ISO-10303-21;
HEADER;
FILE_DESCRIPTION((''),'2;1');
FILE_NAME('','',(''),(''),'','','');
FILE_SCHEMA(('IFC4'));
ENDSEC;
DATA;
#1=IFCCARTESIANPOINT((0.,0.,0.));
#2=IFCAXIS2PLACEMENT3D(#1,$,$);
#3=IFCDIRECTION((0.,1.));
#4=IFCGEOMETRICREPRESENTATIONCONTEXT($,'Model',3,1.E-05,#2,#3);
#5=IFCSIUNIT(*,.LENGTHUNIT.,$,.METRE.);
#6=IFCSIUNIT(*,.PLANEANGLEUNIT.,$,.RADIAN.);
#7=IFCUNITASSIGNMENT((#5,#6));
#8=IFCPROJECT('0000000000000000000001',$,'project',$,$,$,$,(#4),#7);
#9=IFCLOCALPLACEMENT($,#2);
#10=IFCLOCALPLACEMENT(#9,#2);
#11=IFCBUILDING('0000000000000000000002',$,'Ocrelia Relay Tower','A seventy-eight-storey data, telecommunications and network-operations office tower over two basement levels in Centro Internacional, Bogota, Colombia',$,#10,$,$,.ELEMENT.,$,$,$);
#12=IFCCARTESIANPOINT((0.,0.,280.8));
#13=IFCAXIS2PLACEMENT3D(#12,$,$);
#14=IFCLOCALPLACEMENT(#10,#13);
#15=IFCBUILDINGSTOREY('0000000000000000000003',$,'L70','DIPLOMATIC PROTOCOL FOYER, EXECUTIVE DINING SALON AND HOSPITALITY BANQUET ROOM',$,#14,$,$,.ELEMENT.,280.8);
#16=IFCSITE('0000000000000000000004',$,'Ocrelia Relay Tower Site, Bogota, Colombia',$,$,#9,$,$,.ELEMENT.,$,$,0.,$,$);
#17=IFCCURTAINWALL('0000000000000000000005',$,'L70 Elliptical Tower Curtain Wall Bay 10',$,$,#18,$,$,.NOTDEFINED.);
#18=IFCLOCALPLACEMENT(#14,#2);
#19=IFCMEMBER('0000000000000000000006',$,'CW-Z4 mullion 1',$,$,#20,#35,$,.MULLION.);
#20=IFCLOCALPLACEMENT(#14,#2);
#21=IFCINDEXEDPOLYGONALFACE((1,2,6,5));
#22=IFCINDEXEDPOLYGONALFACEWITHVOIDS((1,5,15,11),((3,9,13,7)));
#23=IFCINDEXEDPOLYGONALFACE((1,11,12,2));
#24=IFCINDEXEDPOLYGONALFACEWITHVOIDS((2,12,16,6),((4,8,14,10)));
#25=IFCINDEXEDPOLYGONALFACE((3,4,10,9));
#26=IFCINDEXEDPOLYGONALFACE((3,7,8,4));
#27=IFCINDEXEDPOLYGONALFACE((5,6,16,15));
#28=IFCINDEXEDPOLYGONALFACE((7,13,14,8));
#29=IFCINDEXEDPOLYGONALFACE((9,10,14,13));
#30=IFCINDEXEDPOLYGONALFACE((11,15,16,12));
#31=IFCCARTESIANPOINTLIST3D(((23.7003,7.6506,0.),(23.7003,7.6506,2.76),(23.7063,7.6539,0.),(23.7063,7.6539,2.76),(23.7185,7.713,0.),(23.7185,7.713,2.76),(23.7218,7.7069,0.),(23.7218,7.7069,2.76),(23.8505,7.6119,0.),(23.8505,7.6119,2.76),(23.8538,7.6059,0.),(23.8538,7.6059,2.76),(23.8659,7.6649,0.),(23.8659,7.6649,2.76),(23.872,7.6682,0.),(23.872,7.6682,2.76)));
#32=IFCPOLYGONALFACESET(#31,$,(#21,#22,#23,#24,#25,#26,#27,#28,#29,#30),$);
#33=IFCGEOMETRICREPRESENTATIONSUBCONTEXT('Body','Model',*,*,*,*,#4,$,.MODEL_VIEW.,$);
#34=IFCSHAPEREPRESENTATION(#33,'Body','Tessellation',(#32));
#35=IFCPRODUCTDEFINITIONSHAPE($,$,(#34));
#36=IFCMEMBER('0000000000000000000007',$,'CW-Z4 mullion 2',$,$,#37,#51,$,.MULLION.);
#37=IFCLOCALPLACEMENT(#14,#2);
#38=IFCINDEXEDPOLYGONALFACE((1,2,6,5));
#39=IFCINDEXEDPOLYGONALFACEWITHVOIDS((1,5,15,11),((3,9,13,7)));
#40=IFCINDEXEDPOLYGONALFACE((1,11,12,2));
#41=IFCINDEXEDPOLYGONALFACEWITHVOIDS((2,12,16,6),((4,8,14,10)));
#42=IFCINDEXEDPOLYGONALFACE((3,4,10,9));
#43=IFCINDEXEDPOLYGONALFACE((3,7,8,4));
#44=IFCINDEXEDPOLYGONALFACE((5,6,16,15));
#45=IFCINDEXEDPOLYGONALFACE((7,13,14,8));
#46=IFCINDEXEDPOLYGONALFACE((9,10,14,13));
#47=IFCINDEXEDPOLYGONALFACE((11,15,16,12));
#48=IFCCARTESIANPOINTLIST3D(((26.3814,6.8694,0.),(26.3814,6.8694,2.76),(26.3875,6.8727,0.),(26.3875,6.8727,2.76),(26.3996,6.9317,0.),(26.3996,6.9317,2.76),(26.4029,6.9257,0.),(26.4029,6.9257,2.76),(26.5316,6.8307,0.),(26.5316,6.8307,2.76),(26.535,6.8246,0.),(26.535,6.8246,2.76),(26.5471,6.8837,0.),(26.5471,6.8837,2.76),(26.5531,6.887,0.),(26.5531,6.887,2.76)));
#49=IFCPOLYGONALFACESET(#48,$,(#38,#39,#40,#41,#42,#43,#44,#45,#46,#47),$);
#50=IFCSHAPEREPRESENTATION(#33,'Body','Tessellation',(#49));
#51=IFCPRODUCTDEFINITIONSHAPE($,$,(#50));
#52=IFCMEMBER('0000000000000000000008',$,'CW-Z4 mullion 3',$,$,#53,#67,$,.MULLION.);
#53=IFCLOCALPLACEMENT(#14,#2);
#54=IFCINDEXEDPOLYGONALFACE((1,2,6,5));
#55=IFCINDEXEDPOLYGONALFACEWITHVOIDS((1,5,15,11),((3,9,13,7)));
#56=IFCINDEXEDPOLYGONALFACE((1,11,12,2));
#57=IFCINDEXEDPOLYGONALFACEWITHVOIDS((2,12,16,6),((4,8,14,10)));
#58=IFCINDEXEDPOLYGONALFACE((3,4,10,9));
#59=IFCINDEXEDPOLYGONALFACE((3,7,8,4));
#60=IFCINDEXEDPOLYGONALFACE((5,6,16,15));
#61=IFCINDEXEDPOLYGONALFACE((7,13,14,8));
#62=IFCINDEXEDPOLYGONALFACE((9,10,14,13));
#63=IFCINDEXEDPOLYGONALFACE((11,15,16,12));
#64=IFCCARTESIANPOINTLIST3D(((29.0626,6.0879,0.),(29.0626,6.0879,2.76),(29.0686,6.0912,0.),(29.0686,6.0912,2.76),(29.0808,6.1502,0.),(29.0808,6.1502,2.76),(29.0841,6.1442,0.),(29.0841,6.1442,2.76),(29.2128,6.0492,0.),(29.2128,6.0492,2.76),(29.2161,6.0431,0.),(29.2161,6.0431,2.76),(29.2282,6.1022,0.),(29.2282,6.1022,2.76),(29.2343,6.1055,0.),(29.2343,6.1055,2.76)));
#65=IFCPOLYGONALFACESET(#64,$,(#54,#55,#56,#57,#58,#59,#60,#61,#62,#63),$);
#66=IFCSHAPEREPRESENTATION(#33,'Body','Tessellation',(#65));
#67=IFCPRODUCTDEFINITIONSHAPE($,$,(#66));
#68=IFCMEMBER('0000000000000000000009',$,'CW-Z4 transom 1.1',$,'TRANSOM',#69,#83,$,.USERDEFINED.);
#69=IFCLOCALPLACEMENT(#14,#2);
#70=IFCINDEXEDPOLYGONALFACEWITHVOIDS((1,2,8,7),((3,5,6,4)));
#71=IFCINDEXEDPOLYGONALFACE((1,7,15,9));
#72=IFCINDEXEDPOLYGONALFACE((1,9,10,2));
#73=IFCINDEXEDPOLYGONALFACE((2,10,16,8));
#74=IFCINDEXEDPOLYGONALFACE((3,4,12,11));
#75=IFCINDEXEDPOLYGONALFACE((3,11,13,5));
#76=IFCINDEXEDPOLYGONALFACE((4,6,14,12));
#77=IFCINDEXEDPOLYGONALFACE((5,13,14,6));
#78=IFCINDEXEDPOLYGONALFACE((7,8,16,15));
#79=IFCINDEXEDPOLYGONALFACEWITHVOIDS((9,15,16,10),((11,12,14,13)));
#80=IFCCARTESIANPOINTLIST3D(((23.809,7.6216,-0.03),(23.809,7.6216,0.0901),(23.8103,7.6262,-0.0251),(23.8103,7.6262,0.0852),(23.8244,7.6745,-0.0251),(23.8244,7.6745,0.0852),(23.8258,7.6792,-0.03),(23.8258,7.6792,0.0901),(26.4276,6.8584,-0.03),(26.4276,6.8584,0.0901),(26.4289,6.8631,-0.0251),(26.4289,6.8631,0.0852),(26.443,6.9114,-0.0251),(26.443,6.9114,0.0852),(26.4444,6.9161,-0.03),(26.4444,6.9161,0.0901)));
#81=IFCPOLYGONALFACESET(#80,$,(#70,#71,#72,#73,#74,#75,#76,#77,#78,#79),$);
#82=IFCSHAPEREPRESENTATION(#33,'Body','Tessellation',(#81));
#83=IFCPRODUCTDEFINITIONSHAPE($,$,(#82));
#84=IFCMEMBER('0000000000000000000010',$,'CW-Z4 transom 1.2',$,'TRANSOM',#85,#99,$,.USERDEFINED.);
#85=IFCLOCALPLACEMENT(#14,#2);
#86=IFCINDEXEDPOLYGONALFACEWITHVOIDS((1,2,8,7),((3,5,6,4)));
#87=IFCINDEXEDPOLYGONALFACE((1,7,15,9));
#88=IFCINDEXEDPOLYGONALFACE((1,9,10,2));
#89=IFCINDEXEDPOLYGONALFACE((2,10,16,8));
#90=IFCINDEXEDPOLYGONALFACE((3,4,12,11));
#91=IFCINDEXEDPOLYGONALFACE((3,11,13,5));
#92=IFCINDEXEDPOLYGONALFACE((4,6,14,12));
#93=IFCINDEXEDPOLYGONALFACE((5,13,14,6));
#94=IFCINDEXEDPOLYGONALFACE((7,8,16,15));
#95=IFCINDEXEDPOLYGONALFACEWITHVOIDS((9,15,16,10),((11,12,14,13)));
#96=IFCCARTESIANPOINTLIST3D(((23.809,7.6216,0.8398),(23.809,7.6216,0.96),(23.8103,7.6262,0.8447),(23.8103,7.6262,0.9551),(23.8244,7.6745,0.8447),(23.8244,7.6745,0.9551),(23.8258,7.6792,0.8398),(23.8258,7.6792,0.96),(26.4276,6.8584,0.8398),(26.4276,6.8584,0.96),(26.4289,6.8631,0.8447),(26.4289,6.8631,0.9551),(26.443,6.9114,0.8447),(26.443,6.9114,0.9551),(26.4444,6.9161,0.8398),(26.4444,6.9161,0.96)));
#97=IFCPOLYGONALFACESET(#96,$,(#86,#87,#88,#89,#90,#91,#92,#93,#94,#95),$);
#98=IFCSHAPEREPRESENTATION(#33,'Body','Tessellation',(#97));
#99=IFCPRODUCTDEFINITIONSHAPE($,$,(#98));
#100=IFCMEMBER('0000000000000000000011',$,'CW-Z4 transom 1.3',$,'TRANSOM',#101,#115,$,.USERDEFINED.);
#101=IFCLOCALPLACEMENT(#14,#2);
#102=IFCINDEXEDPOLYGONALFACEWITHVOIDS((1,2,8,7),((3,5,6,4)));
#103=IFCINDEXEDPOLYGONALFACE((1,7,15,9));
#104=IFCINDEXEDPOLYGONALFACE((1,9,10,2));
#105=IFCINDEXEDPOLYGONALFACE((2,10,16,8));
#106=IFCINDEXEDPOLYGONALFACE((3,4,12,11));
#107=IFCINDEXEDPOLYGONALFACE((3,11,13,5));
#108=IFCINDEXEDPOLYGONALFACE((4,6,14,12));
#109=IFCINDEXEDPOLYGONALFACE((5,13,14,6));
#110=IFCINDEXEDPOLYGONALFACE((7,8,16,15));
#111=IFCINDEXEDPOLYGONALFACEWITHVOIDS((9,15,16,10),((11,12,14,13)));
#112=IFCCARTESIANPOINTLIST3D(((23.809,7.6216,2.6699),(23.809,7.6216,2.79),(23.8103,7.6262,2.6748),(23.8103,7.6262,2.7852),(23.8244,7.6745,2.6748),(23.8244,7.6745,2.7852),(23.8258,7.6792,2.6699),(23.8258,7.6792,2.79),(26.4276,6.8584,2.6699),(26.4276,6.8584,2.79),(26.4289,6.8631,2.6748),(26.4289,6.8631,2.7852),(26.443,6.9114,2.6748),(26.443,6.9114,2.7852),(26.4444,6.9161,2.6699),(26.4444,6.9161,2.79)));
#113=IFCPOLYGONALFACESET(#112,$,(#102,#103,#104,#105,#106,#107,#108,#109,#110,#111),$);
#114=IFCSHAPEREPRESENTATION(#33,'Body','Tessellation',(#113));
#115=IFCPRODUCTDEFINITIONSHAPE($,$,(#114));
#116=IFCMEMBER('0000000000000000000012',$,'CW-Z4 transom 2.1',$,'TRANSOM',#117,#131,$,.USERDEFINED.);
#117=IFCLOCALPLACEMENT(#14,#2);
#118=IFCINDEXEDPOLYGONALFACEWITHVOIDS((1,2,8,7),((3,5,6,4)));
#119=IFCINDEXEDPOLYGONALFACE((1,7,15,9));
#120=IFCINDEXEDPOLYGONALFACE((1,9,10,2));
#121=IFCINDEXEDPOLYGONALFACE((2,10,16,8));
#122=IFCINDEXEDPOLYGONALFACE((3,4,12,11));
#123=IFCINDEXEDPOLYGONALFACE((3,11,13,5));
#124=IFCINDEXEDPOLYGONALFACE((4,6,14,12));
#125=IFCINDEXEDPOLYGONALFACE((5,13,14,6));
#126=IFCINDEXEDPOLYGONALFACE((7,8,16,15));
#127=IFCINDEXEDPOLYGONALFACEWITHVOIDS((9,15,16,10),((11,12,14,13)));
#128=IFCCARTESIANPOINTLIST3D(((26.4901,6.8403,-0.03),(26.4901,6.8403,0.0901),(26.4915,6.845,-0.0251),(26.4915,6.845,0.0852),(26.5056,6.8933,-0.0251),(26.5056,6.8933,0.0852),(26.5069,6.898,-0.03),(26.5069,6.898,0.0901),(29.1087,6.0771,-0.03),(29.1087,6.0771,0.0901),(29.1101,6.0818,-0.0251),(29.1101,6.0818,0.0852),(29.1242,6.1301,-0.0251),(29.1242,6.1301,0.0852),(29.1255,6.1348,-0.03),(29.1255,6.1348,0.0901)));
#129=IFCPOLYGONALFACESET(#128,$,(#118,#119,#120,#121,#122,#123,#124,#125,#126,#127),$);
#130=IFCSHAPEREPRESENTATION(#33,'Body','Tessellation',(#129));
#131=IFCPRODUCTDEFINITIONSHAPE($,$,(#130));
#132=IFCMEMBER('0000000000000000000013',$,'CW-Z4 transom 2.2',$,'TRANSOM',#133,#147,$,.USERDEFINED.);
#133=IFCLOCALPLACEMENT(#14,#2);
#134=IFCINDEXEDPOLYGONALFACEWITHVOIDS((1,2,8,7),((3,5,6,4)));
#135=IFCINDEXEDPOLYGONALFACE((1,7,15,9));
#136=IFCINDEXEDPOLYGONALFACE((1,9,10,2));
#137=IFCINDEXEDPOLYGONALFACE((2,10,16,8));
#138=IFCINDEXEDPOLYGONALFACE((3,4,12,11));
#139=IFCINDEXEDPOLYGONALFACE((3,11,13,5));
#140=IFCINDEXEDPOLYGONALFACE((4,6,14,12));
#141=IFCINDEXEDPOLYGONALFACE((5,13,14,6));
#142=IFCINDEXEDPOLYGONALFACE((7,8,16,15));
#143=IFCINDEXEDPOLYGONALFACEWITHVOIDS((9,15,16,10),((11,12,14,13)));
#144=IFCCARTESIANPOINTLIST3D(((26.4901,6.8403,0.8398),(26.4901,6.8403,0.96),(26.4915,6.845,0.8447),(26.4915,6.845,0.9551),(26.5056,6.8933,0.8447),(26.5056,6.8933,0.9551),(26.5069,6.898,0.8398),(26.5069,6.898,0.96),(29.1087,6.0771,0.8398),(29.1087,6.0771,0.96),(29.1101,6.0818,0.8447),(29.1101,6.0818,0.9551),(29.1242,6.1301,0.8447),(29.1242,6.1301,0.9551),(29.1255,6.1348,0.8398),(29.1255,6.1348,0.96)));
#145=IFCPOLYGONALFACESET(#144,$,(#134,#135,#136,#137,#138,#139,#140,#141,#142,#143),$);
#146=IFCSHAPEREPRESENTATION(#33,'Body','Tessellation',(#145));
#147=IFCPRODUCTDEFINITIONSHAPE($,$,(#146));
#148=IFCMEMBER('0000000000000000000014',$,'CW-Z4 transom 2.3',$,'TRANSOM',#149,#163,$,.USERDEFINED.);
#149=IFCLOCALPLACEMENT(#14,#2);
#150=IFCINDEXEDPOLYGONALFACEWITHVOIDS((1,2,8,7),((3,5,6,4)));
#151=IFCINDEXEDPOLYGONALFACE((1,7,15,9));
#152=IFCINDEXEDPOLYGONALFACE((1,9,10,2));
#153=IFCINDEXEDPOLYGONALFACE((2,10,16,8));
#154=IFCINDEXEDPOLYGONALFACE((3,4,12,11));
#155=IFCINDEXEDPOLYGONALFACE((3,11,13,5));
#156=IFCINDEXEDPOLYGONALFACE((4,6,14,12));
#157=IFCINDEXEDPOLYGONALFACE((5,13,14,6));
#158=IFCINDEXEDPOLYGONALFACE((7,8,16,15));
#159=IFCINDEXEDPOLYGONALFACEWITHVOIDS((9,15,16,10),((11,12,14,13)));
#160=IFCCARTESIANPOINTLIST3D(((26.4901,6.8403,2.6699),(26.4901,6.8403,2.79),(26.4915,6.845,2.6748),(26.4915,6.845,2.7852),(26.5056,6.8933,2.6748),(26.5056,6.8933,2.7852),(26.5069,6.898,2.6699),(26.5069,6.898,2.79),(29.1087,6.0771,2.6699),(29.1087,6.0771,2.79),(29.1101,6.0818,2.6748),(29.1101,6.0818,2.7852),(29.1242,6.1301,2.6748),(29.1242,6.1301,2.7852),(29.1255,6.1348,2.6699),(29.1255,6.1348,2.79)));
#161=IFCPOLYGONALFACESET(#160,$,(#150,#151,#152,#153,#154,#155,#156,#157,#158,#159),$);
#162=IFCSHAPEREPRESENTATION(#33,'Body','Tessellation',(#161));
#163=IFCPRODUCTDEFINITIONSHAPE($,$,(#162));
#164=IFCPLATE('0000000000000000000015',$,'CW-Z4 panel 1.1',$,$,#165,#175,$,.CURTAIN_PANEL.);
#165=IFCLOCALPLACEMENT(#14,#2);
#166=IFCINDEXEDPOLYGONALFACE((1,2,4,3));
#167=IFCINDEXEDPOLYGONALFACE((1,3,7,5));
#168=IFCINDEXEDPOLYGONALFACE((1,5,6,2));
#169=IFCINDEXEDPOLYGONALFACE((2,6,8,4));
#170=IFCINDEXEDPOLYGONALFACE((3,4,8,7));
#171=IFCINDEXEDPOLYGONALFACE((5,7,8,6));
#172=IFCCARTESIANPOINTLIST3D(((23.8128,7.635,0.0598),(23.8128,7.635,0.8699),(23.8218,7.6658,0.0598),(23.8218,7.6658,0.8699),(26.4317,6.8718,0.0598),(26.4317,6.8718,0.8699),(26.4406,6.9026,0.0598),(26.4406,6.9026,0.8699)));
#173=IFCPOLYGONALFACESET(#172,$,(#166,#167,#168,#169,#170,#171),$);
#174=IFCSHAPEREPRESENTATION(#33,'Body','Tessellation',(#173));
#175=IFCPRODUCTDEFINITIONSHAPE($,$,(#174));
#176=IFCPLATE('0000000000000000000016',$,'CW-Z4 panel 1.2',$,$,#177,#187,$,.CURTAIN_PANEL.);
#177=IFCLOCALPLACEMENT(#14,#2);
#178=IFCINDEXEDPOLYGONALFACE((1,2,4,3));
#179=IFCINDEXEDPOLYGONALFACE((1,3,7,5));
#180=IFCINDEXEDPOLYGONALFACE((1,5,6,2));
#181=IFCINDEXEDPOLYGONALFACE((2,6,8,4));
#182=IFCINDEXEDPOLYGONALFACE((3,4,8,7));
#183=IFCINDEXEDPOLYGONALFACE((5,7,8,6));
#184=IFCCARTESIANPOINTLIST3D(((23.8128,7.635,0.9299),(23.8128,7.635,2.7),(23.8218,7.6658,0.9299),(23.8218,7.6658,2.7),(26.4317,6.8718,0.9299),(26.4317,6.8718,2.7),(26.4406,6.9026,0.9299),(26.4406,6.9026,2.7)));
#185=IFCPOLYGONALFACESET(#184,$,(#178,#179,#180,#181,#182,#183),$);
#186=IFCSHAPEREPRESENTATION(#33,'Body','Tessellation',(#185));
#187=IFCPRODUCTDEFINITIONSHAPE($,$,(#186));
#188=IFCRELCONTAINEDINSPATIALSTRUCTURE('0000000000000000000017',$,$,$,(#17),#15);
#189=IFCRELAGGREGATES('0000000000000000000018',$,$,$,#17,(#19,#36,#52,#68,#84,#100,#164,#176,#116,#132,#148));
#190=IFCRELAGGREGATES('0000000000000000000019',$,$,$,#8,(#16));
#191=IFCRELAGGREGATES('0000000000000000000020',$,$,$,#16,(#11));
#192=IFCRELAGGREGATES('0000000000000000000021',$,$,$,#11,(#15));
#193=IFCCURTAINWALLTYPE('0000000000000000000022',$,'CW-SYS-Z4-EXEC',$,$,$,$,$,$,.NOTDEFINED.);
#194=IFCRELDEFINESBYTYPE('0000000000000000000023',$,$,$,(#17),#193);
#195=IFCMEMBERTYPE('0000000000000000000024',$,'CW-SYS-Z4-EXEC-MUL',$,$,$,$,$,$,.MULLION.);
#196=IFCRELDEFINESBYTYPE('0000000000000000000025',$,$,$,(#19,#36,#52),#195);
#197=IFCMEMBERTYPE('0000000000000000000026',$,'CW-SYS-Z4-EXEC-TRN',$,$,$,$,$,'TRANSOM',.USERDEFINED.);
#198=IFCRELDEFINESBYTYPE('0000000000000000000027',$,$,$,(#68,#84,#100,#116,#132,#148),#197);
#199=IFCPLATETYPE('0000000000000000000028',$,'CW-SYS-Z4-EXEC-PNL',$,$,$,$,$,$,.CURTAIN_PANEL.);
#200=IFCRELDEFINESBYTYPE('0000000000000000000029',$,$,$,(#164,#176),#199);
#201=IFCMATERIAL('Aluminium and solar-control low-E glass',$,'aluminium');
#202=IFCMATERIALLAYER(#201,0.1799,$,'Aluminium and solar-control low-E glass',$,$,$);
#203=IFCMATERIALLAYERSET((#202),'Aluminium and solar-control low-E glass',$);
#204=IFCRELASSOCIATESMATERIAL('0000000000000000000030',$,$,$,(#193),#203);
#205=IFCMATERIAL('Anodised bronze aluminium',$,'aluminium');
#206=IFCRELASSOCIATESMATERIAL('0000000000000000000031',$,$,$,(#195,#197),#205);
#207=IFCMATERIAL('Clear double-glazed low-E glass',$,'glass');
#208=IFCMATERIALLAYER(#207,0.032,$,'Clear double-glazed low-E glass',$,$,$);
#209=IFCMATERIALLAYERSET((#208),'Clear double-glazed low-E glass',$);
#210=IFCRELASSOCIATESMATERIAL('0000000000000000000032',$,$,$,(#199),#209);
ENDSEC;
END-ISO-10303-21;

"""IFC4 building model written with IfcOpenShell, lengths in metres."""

from ifc_helpers import new_model, si_unit, direction, frame, origin, origin_2d, place, context, subcontext, project, spatial, rectangle, hollow_rectangle, extrude, material, layer, layer_set, material_profile, profile_set, type_object, element, aggregate, save


model = new_model("IFC4")

# Units and contexts
model_context = context("Model", 3, precision=1e-05, world=origin(), true_north=direction((0.0, 1.0)))
body_context = subcontext(model_context, "Body", "Model", "MODEL_VIEW")
ifc_project = project(units=[si_unit("LENGTHUNIT", "METRE"), si_unit("PLANEANGLEUNIT", "RADIAN")], contexts=[model_context])

# Site, building, storey
site_placement = place(None, origin())
site = spatial("IfcSite", under=ifc_project, at=site_placement, Name="Ocrelia Relay Tower Site, Bogota, Colombia", CompositionType="ELEMENT", RefElevation=0.0)
building_placement = place(site_placement, origin())
building = spatial("IfcBuilding", under=site, at=building_placement, Name="Ocrelia Relay Tower", Description="A seventy-eight-storey data, telecommunications and network-operations office tower over two basement levels in Centro Internacional, Bogota, Colombia", CompositionType="ELEMENT")
storey_placement = place(building_placement, frame((0.0, 0.0, 280.8)))
storey = spatial("IfcBuildingStorey", under=building, at=storey_placement, Name="L70", Description="DIPLOMATIC PROTOCOL FOYER, EXECUTIVE DINING SALON AND HOSPITALITY BANQUET ROOM", CompositionType="ELEMENT", Elevation=280.8)

# Curtain wall, members, plates
ifc_material_1 = material(Name="Aluminium and solar-control low-E glass", Category="aluminium")
ifc_layer_1 = layer(ifc_material_1, 0.1799, Name="Aluminium and solar-control low-E glass")
ifc_layer_set_1 = layer_set([ifc_layer_1], Name="Aluminium and solar-control low-E glass")
curtain_wall_type = type_object("IfcCurtainWallType", Name="CW-SYS-Z4-EXEC", PredefinedType="NOTDEFINED", material=ifc_layer_set_1)
curtain_wall_placement = place(storey_placement, origin())
curtain_wall = element("IfcCurtainWall", 1, at=curtain_wall_placement, inside=storey, type_object=curtain_wall_type, Name="L70 Elliptical Tower Curtain Wall Bay 10", PredefinedType="NOTDEFINED")
ifc_material_2 = material(Name="Anodised bronze aluminium", Category="aluminium")
ifc_material_profile_1 = material_profile(ifc_material_2, hollow_rectangle(XDim=0.0649, YDim=0.1599, WallThickness=0.0049, at=origin_2d()), Name="CW-MUL-160x65")
ifc_profile_set_1 = profile_set([ifc_material_profile_1], Name="Anodised bronze aluminium")
member_type_1 = type_object("IfcMemberType", Name="CW-SYS-Z4-EXEC-MUL", PredefinedType="MULLION", material=ifc_profile_set_1)
member_1_placement = place(storey_placement, frame((23.7861, 7.6594, 0.0), z_axis=(0.0, 0.0, 1.0), x_axis=(0.279787, 0.960062, 0.0)))
member_1 = element("IfcMember", 2, at=member_1_placement, type_object=member_type_1, Name="CW-Z4 mullion 1", PredefinedType="MULLION", context=body_context, shape_type="SweptSolid", body=[
    extrude(hollow_rectangle(XDim=0.0649, YDim=0.1599, WallThickness=0.0049, at=origin_2d()), origin(), (0.0, 0.0, 1.0), 2.76),
])
member_2_placement = place(storey_placement, frame((26.4673, 6.8782, 0.0), z_axis=(0.0, 0.0, 1.0), x_axis=(0.279787, 0.960062, 0.0)))
member_2 = element("IfcMember", 3, at=member_2_placement, type_object=member_type_1, Name="CW-Z4 mullion 2", PredefinedType="MULLION", context=body_context, shape_type="SweptSolid", body=[
    extrude(hollow_rectangle(XDim=0.0649, YDim=0.1599, WallThickness=0.0049, at=origin_2d()), origin(), (0.0, 0.0, 1.0), 2.76),
])
member_3_placement = place(storey_placement, frame((29.1484, 6.0967, 0.0), z_axis=(0.0, 0.0, 1.0), x_axis=(0.279787, 0.960062, 0.0)))
member_3 = element("IfcMember", 4, at=member_3_placement, type_object=member_type_1, Name="CW-Z4 mullion 3", PredefinedType="MULLION", context=body_context, shape_type="SweptSolid", body=[
    extrude(hollow_rectangle(XDim=0.0649, YDim=0.1599, WallThickness=0.0049, at=origin_2d()), origin(), (0.0, 0.0, 1.0), 2.76),
])
ifc_material_profile_2 = material_profile(ifc_material_2, hollow_rectangle(XDim=0.0601, YDim=0.1201, WallThickness=0.0049, at=origin_2d()), Name="CW-TRN-120x60")
ifc_profile_set_2 = profile_set([ifc_material_profile_2], Name="Anodised bronze aluminium")
member_type_2 = type_object("IfcMemberType", Name="CW-SYS-Z4-EXEC-TRN", ElementType="TRANSOM", PredefinedType="USERDEFINED", material=ifc_profile_set_2)
member_4_placement = place(storey_placement, frame((23.8174, 7.6504, 0.03), z_axis=(0.960058, -0.279801, 0.0), x_axis=(0.279801, 0.960058, 0.0)))
member_4 = element("IfcMember", 5, at=member_4_placement, type_object=member_type_2, Name="CW-Z4 transom 1.1", ObjectType="TRANSOM", PredefinedType="USERDEFINED", context=body_context, shape_type="SweptSolid", body=[
    extrude(hollow_rectangle(XDim=0.0601, YDim=0.1201, WallThickness=0.0049, at=origin_2d()), origin(), (0.0, 0.0, 1.0), 2.7275),
])
member_5_placement = place(storey_placement, frame((23.8174, 7.6504, 0.8999), z_axis=(0.960058, -0.279801, 0.0), x_axis=(0.279801, 0.960058, 0.0)))
member_5 = element("IfcMember", 6, at=member_5_placement, type_object=member_type_2, Name="CW-Z4 transom 1.2", ObjectType="TRANSOM", PredefinedType="USERDEFINED", context=body_context, shape_type="SweptSolid", body=[
    extrude(hollow_rectangle(XDim=0.0601, YDim=0.1201, WallThickness=0.0049, at=origin_2d()), origin(), (0.0, 0.0, 1.0), 2.7275),
])
member_6_placement = place(storey_placement, frame((23.8174, 7.6504, 2.73), z_axis=(0.960058, -0.279801, 0.0), x_axis=(0.279801, 0.960058, 0.0)))
member_6 = element("IfcMember", 7, at=member_6_placement, type_object=member_type_2, Name="CW-Z4 transom 1.3", ObjectType="TRANSOM", PredefinedType="USERDEFINED", context=body_context, shape_type="SweptSolid", body=[
    extrude(hollow_rectangle(XDim=0.0601, YDim=0.1201, WallThickness=0.0049, at=origin_2d()), origin(), (0.0, 0.0, 1.0), 2.7275),
])
member_7_placement = place(storey_placement, frame((26.4985, 6.8691, 0.03), z_axis=(0.960058, -0.279801, 0.0), x_axis=(0.279801, 0.960058, 0.0)))
member_7 = element("IfcMember", 8, at=member_7_placement, type_object=member_type_2, Name="CW-Z4 transom 2.1", ObjectType="TRANSOM", PredefinedType="USERDEFINED", context=body_context, shape_type="SweptSolid", body=[
    extrude(hollow_rectangle(XDim=0.0601, YDim=0.1201, WallThickness=0.0049, at=origin_2d()), origin(), (0.0, 0.0, 1.0), 2.7275),
])
member_8_placement = place(storey_placement, frame((26.4985, 6.8691, 0.8999), z_axis=(0.960058, -0.279801, 0.0), x_axis=(0.279801, 0.960058, 0.0)))
member_8 = element("IfcMember", 9, at=member_8_placement, type_object=member_type_2, Name="CW-Z4 transom 2.2", ObjectType="TRANSOM", PredefinedType="USERDEFINED", context=body_context, shape_type="SweptSolid", body=[
    extrude(hollow_rectangle(XDim=0.0601, YDim=0.1201, WallThickness=0.0049, at=origin_2d()), origin(), (0.0, 0.0, 1.0), 2.7275),
])
member_9_placement = place(storey_placement, frame((26.4985, 6.8691, 2.73), z_axis=(0.960058, -0.279801, 0.0), x_axis=(0.279801, 0.960058, 0.0)))
member_9 = element("IfcMember", 10, at=member_9_placement, type_object=member_type_2, Name="CW-Z4 transom 2.3", ObjectType="TRANSOM", PredefinedType="USERDEFINED", context=body_context, shape_type="SweptSolid", body=[
    extrude(hollow_rectangle(XDim=0.0601, YDim=0.1201, WallThickness=0.0049, at=origin_2d()), origin(), (0.0, 0.0, 1.0), 2.7275),
])
ifc_material_3 = material(Name="Clear double-glazed low-E glass", Category="glass")
ifc_layer_2 = layer(ifc_material_3, 0.032, Name="Clear double-glazed low-E glass")
ifc_layer_set_2 = layer_set([ifc_layer_2], Name="Clear double-glazed low-E glass")
plate_type = type_object("IfcPlateType", Name="CW-SYS-Z4-EXEC-PNL", PredefinedType="CURTAIN_PANEL", material=ifc_layer_set_2)
plate_1_placement = place(storey_placement, frame((25.1267, 7.2688, 0.0598), z_axis=(0.0, 0.0, 1.0), x_axis=(0.960062, -0.279787, 0.0)))
plate_1 = element("IfcPlate", 11, at=plate_1_placement, type_object=plate_type, Name="CW-Z4 panel 1.1", PredefinedType="CURTAIN_PANEL", context=body_context, shape_type="SweptSolid", body=[
    extrude(rectangle(XDim=2.7278, YDim=0.032, at=origin_2d()), origin(), (0.0, 0.0, 1.0), 0.8101),
])
plate_2_placement = place(storey_placement, frame((25.1267, 7.2688, 0.9299), z_axis=(0.0, 0.0, 1.0), x_axis=(0.960062, -0.279787, 0.0)))
plate_2 = element("IfcPlate", 12, at=plate_2_placement, type_object=plate_type, Name="CW-Z4 panel 1.2", PredefinedType="CURTAIN_PANEL", context=body_context, shape_type="SweptSolid", body=[
    extrude(rectangle(XDim=2.7278, YDim=0.032, at=origin_2d()), origin(), (0.0, 0.0, 1.0), 1.77),
])
aggregate(curtain_wall, [member_1, member_2, member_3, member_4, member_5, member_6, plate_1, plate_2, member_7, member_8, member_9])

save(model, "model.ifc")
